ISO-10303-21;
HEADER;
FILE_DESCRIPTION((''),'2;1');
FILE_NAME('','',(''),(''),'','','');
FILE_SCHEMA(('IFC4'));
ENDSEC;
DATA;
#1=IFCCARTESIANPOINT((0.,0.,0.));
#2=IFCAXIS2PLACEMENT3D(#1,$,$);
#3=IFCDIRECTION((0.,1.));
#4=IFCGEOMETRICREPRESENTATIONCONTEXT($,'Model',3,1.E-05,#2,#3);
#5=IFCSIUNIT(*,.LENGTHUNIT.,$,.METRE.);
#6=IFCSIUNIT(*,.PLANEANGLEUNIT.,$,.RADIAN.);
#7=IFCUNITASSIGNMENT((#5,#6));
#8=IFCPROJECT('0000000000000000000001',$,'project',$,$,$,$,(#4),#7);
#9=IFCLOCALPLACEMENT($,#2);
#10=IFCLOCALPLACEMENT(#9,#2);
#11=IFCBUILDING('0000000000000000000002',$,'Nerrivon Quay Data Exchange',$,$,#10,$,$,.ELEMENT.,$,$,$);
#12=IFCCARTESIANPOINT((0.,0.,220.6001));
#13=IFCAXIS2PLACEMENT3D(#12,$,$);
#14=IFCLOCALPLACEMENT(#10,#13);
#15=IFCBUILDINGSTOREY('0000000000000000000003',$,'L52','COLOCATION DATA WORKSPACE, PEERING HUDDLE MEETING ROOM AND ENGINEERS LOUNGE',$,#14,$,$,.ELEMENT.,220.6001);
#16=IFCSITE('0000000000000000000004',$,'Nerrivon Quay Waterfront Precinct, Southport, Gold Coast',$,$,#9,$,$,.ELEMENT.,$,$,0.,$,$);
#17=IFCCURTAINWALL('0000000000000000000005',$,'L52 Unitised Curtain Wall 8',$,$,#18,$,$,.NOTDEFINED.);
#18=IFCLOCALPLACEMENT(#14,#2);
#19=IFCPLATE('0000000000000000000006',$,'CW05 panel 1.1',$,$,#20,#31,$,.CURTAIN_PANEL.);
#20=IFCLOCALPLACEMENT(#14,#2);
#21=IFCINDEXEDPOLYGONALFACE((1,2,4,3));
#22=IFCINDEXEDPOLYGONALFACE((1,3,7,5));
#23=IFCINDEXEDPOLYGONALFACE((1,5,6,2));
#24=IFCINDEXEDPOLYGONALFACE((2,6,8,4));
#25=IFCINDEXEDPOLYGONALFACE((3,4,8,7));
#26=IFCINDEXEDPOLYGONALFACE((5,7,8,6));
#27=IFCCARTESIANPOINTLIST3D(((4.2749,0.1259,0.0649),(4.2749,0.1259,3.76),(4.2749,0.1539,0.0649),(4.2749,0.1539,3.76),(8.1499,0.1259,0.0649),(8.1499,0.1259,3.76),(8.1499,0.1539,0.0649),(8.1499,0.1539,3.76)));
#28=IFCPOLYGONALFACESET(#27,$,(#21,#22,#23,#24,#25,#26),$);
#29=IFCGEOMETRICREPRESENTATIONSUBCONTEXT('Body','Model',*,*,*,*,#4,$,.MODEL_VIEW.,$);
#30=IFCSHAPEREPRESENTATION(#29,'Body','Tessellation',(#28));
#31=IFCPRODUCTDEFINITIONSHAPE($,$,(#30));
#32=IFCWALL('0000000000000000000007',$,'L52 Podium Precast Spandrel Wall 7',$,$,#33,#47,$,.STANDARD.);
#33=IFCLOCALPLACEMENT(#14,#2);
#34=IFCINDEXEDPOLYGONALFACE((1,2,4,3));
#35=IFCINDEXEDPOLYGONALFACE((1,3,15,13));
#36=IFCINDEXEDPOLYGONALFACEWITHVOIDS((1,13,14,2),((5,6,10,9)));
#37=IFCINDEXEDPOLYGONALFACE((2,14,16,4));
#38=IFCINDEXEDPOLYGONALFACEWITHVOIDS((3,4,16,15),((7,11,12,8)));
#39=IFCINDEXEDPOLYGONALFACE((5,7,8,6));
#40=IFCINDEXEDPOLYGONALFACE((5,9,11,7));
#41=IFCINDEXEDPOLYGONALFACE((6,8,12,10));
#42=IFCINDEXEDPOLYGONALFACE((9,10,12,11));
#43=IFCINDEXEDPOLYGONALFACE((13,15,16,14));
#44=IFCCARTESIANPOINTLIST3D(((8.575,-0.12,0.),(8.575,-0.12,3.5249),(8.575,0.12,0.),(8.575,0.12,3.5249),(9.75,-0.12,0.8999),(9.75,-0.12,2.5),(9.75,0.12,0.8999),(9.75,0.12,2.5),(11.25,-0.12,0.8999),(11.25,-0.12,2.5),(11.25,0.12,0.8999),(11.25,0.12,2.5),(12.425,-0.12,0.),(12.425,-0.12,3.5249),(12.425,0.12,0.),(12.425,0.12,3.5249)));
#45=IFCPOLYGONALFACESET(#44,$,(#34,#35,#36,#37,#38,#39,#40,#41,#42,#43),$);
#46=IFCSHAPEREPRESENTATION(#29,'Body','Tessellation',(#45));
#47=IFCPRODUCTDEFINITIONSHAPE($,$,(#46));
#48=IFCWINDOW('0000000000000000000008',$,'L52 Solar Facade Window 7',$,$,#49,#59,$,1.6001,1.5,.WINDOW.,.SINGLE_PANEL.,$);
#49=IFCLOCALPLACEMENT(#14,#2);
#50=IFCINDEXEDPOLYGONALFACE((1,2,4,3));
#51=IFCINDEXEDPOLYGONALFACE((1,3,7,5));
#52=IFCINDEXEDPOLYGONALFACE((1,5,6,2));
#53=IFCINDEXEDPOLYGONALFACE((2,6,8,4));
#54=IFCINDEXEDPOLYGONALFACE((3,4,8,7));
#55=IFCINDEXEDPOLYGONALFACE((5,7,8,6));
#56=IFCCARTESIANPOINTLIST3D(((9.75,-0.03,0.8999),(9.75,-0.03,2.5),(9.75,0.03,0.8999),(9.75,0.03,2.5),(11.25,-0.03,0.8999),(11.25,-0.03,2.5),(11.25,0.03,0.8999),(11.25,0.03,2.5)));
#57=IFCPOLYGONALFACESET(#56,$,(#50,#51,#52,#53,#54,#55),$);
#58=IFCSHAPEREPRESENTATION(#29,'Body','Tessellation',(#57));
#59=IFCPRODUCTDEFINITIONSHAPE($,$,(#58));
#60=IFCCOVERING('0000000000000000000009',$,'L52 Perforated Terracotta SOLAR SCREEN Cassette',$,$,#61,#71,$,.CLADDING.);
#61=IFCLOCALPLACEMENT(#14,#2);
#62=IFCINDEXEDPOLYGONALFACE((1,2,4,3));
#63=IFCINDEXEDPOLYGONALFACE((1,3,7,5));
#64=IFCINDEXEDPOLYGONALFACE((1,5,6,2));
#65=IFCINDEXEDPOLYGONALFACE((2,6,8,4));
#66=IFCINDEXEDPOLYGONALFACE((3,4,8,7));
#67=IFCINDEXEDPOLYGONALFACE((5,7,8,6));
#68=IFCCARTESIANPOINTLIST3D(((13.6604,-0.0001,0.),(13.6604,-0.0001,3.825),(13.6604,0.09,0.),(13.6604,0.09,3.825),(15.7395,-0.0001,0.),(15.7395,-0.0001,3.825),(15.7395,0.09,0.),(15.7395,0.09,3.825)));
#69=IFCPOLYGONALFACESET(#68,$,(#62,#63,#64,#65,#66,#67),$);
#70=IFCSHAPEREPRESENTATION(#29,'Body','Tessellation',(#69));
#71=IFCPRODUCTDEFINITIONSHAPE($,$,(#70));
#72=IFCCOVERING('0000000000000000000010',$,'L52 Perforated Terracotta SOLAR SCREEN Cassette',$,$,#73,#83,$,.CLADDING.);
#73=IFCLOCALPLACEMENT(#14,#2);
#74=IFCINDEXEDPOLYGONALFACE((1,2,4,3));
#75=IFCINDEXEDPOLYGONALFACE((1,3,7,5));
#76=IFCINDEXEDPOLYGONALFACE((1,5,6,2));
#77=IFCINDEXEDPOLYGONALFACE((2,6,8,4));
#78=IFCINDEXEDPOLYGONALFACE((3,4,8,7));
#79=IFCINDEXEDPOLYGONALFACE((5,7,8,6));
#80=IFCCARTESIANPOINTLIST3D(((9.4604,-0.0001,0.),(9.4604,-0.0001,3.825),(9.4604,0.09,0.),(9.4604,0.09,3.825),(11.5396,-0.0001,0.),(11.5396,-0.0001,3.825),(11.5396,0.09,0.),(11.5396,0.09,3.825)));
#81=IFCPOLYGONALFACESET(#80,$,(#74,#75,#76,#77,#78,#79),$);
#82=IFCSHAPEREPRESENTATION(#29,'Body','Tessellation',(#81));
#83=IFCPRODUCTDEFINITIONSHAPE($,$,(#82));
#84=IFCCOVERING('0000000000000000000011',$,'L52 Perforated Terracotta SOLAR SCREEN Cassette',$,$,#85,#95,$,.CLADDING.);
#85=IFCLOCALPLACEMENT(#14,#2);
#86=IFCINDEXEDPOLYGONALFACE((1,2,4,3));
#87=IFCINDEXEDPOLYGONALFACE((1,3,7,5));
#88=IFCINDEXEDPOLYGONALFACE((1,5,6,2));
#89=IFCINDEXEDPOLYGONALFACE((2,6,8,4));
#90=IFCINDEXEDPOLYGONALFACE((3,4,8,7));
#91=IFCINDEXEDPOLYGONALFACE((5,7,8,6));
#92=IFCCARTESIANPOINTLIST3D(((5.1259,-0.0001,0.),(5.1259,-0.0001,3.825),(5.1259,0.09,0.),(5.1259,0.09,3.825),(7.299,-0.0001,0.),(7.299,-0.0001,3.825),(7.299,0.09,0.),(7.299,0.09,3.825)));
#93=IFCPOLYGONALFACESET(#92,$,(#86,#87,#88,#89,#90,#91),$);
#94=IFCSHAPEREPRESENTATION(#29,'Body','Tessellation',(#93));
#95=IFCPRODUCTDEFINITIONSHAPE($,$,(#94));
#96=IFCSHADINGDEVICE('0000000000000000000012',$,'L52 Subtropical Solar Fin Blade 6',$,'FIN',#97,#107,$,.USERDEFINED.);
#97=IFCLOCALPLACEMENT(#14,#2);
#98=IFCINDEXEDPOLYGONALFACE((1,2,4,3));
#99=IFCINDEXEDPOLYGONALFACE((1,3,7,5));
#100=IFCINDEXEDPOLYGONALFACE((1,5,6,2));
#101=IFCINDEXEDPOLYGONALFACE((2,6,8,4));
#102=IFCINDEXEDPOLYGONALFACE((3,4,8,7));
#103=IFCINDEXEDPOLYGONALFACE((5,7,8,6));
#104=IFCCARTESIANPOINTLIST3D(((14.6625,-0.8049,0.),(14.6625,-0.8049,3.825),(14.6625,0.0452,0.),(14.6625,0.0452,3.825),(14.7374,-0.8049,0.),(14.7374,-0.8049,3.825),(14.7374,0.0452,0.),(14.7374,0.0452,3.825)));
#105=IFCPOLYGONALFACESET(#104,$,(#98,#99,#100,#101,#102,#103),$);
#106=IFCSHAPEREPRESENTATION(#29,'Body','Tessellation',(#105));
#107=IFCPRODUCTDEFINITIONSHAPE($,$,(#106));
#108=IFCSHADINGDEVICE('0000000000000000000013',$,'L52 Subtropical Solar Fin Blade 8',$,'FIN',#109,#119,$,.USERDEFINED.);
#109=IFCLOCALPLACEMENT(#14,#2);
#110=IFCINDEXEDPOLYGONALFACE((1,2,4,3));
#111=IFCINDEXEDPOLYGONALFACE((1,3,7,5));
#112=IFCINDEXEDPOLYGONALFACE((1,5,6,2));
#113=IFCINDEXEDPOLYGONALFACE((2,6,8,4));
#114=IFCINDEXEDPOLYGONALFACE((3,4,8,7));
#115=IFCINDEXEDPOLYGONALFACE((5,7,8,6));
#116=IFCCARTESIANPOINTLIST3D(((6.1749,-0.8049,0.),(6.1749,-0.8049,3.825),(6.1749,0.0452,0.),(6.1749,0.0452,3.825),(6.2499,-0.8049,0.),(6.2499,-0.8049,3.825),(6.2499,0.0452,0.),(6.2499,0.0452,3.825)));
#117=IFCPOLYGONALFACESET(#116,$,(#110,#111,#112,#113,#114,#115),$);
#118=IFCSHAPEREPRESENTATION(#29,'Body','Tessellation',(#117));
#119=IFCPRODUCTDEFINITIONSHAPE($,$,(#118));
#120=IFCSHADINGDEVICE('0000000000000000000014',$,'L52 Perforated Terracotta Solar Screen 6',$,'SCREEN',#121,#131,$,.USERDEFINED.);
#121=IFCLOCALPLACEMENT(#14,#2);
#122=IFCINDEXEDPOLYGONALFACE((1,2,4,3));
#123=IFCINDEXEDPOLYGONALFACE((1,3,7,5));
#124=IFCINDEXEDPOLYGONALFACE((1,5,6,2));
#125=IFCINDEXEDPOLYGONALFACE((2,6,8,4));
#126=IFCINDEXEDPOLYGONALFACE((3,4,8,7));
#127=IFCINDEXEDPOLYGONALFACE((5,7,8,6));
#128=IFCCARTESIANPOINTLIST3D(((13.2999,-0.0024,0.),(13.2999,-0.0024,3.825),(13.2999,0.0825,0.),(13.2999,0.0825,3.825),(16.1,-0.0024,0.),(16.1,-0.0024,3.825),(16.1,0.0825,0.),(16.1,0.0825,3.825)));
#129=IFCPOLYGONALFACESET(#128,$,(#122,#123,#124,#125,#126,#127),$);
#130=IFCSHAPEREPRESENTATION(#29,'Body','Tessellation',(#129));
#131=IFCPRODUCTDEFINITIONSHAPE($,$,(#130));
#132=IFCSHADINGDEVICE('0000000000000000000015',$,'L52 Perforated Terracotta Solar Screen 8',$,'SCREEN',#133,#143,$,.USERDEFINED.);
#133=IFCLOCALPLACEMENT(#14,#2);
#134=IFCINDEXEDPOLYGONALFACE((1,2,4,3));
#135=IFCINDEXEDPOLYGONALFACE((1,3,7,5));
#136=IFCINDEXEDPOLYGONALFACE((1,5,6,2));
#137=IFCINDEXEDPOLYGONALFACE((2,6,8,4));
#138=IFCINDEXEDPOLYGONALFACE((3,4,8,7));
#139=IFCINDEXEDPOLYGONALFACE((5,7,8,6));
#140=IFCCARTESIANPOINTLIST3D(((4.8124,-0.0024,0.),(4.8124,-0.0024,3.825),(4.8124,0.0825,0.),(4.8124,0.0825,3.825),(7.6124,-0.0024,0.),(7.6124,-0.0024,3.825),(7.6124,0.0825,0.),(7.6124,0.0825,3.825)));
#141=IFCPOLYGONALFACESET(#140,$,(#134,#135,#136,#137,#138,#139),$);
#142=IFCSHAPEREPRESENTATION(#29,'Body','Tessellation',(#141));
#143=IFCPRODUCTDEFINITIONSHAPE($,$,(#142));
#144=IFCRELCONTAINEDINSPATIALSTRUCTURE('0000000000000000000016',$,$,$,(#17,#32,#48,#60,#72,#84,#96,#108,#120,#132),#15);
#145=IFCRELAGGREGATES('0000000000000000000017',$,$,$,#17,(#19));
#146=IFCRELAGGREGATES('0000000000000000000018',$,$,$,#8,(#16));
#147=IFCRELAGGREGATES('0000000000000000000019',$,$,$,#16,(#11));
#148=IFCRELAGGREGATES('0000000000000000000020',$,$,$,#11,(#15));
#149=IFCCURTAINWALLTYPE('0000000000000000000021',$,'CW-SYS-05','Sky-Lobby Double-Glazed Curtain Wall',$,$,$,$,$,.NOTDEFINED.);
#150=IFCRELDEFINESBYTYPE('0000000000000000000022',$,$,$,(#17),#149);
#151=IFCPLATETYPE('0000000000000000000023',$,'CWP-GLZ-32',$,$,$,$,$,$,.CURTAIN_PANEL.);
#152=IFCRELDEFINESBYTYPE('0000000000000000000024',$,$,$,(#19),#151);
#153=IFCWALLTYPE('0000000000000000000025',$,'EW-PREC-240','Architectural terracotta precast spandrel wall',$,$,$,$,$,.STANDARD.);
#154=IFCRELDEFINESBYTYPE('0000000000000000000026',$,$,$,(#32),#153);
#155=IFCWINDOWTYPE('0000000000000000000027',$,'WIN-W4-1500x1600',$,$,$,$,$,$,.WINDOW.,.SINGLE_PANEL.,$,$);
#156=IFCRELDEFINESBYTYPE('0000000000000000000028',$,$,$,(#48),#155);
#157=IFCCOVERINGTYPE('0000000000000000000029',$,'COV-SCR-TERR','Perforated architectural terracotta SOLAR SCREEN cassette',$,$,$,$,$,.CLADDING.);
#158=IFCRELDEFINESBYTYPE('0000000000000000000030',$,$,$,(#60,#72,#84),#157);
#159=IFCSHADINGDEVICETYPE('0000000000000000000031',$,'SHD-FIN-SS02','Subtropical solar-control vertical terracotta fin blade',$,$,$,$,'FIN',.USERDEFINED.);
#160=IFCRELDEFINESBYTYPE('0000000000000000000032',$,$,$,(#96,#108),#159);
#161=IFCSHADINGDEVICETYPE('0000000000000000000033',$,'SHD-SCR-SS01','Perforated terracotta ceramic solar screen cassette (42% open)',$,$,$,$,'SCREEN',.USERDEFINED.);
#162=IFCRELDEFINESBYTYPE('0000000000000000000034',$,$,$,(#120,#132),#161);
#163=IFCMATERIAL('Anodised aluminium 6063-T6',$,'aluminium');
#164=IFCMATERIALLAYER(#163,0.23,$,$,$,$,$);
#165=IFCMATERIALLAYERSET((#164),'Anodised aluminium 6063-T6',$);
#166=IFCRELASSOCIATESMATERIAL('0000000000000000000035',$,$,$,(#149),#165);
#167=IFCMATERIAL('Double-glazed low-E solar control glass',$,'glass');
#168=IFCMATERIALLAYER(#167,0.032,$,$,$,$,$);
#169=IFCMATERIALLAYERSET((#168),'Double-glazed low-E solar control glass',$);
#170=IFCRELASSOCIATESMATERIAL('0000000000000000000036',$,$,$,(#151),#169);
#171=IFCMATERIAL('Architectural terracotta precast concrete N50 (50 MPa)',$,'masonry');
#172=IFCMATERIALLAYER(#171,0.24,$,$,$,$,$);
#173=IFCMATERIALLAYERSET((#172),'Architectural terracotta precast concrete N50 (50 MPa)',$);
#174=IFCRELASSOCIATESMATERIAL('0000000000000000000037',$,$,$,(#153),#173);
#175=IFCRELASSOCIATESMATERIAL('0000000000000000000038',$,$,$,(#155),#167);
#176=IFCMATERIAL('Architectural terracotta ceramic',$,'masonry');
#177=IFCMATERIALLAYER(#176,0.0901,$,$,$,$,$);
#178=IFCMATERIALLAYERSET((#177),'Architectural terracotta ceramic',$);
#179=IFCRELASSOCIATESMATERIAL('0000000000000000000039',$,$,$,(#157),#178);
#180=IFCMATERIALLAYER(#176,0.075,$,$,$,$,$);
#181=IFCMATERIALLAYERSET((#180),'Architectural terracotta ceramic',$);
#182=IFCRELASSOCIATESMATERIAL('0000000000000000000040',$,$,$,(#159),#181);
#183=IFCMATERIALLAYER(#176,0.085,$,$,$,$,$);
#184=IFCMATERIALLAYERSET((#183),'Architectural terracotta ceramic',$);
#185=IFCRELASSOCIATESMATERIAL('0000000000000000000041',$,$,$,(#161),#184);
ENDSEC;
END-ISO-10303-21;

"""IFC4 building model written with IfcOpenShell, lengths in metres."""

from ifc_helpers import new_model, si_unit, direction, frame, frame_2d, origin, origin_2d, place, context, subcontext, project, spatial, rectangle, extrude, material, layer, layer_set, type_object, element, fill, aggregate, save


model = new_model("IFC4")

# Units and contexts
model_context = context("Model", 3, precision=1e-05, world=origin(), true_north=direction((0.0, 1.0)))
body_context = subcontext(model_context, "Body", "Model", "MODEL_VIEW")
ifc_project = project(units=[si_unit("LENGTHUNIT", "METRE"), si_unit("PLANEANGLEUNIT", "RADIAN")], contexts=[model_context])

# Site, building, storey
site_placement = place(None, origin())
site = spatial("IfcSite", under=ifc_project, at=site_placement, Name="Nerrivon Quay Waterfront Precinct, Southport, Gold Coast", CompositionType="ELEMENT", RefElevation=0.0)
building_placement = place(site_placement, origin())
building = spatial("IfcBuilding", under=site, at=building_placement, Name="Nerrivon Quay Data Exchange", CompositionType="ELEMENT")
storey_placement = place(building_placement, frame((0.0, 0.0, 220.6001)))
storey = spatial("IfcBuildingStorey", under=building, at=storey_placement, Name="L52", Description="COLOCATION DATA WORKSPACE, PEERING HUDDLE MEETING ROOM AND ENGINEERS LOUNGE", CompositionType="ELEMENT", Elevation=220.6001)

# Shared definitions
ifc_material_1 = material(Name="Anodised aluminium 6063-T6", Category="aluminium")
ifc_layer_1 = layer(ifc_material_1, 0.23)
ifc_layer_set_1 = layer_set([ifc_layer_1], Name="Anodised aluminium 6063-T6")
curtain_wall_type = type_object("IfcCurtainWallType", Name="CW-SYS-05", Description="Sky-Lobby Double-Glazed Curtain Wall", PredefinedType="NOTDEFINED", material=ifc_layer_set_1)

# Curtain wall
curtain_wall_1_placement = place(storey_placement, origin())
curtain_wall_1 = element("IfcCurtainWall", 1, at=curtain_wall_1_placement, inside=storey, type_object=curtain_wall_type, Name="L52 Unitised Curtain Wall 8", PredefinedType="NOTDEFINED")

# Plate
ifc_material_2 = material(Name="Double-glazed low-E solar control glass", Category="glass")
ifc_layer_2 = layer(ifc_material_2, 0.032)
ifc_layer_set_2 = layer_set([ifc_layer_2], Name="Double-glazed low-E solar control glass")
plate_type = type_object("IfcPlateType", Name="CWP-GLZ-32", PredefinedType="CURTAIN_PANEL", material=ifc_layer_set_2)
plate_1_placement = place(storey_placement, frame((6.2124, 0.1399, 0.0649), z_axis=(0.0, 0.0, 1.0), x_axis=(-1.0, 0.0, 0.0)))
plate_1 = element("IfcPlate", 2, at=plate_1_placement, type_object=plate_type, Name="CW05 panel 1.1", PredefinedType="CURTAIN_PANEL", context=body_context, shape_type="SweptSolid", body=[
    extrude(rectangle(XDim=3.875, YDim=0.0281, at=origin_2d()), origin(), (0.0, 0.0, 1.0), 3.6951),
])
aggregate(curtain_wall_1, [plate_1])

# Wall, opening, window
ifc_material_3 = material(Name="Architectural terracotta precast concrete N50 (50 MPa)", Category="masonry")
ifc_layer_3 = layer(ifc_material_3, 0.24)
ifc_layer_set_3 = layer_set([ifc_layer_3], Name="Architectural terracotta precast concrete N50 (50 MPa)")
wall_type = type_object("IfcWallType", Name="EW-PREC-240", Description="Architectural terracotta precast spandrel wall", PredefinedType="STANDARD", material=ifc_layer_set_3)
wall_placement = place(storey_placement, frame((12.425, 0.0, 0.0), z_axis=(0.0, 0.0, 1.0), x_axis=(-1.0, 0.0, 0.0)))
wall = element("IfcWall", 3, at=wall_placement, inside=storey, type_object=wall_type, Name="L52 Podium Precast Spandrel Wall 7", PredefinedType="STANDARD", context=body_context, shape_type="SweptSolid", body=[
    extrude(rectangle(XDim=3.8501, YDim=0.24, at=frame_2d((1.925, 0.0))), origin(), (0.0, 0.0, 1.0), 3.5249),
])
opening_placement = place(wall_placement, frame((1.175, 0.0, 0.8999)))
opening = element("IfcOpeningElement", 4, at=opening_placement, cuts=wall, PredefinedType="OPENING", context=body_context, shape_type="SweptSolid", body=[
    extrude(rectangle(XDim=1.5, YDim=1.6001, at=frame_2d((0.75, 0.8))), frame((0.0, 0.1299, 0.0), z_axis=(0.0, -1.0, 0.0), x_axis=(1.0, 0.0, 0.0)), (0.0, 0.0, 1.0), 0.26),
])
window_type = type_object("IfcWindowType", Name="WIN-W4-1500x1600", PartitioningType="SINGLE_PANEL", PredefinedType="WINDOW", material=ifc_material_2)
window_placement = place(opening_placement, origin())
window = element("IfcWindow", 5, at=window_placement, inside=storey, type_object=window_type, Name="L52 Solar Facade Window 7", OverallHeight=1.6001, OverallWidth=1.5, PartitioningType="SINGLE_PANEL", PredefinedType="WINDOW", context=body_context, shape_type="SweptSolid", body=[
    extrude(rectangle(XDim=1.5, YDim=1.6001, at=frame_2d((0.75, 0.8))), frame((0.0, 0.03, 0.0), z_axis=(0.0, -1.0, 0.0), x_axis=(1.0, 0.0, 0.0)), (0.0, 0.0, 1.0), 0.0601),
])
fill(opening, window)

# Coverings
ifc_material_4 = material(Name="Architectural terracotta ceramic", Category="masonry")
ifc_layer_4 = layer(ifc_material_4, 0.0901)
ifc_layer_set_4 = layer_set([ifc_layer_4], Name="Architectural terracotta ceramic")
covering_type = type_object("IfcCoveringType", Name="COV-SCR-TERR", Description="Perforated architectural terracotta SOLAR SCREEN cassette", PredefinedType="CLADDING", material=ifc_layer_set_4)
for number, where, z_axis, x_axis, name in (
    (6, (14.7, 0.0449, 0.0), (0.0, 0.0, 1.0), (-1.0, 0.0, 0.0), "L52 Perforated Terracotta SOLAR SCREEN Cassette"),
    (7, (10.5, 0.0449, 0.0), (0.0, 0.0, 1.0), (-1.0, 0.0, 0.0), "L52 Perforated Terracotta SOLAR SCREEN Cassette"),
):
    element("IfcCovering", number, at=place(storey_placement, frame(where, z_axis=z_axis, x_axis=x_axis)), inside=storey, type_object=covering_type, Name=name, PredefinedType="CLADDING", context=body_context, shape_type="SweptSolid", body=[
        extrude(rectangle(XDim=2.0791, YDim=0.0901, at=origin_2d()), origin(), (0.0, 0.0, 1.0), 3.825),
    ])
covering_placement = place(storey_placement, frame((6.2124, 0.0449, 0.0), z_axis=(0.0, 0.0, 1.0), x_axis=(-1.0, 0.0, 0.0)))
element("IfcCovering", 8, at=covering_placement, inside=storey, type_object=covering_type, Name="L52 Perforated Terracotta SOLAR SCREEN Cassette", PredefinedType="CLADDING", context=body_context, shape_type="SweptSolid", body=[
    extrude(rectangle(XDim=2.1731, YDim=0.0901, at=origin_2d()), origin(), (0.0, 0.0, 1.0), 3.825),
])

# Shading devices
ifc_layer_5 = layer(ifc_material_4, 0.075)
ifc_layer_set_5 = layer_set([ifc_layer_5], Name="Architectural terracotta ceramic")
shading_device_type_1 = type_object("IfcShadingDeviceType", Name="SHD-FIN-SS02", Description="Subtropical solar-control vertical terracotta fin blade", ElementType="FIN", PredefinedType="USERDEFINED", material=ifc_layer_set_5)
for number, where, z_axis, x_axis, name in (
    (9, (14.7, -0.3799, 0.0), (0.0, 0.0, 1.0), (-1.0, 0.0, 0.0), "L52 Subtropical Solar Fin Blade 6"),
    (10, (6.2124, -0.3799, 0.0), (0.0, 0.0, 1.0), (-1.0, 0.0, 0.0), "L52 Subtropical Solar Fin Blade 8"),
):
    element("IfcShadingDevice", number, at=place(storey_placement, frame(where, z_axis=z_axis, x_axis=x_axis)), inside=storey, type_object=shading_device_type_1, Name=name, ObjectType="FIN", PredefinedType="USERDEFINED", context=body_context, shape_type="SweptSolid", body=[
        extrude(rectangle(XDim=0.075, YDim=0.8501, at=origin_2d()), origin(), (0.0, 0.0, 1.0), 3.825),
    ])
ifc_layer_6 = layer(ifc_material_4, 0.085)
ifc_layer_set_6 = layer_set([ifc_layer_6], Name="Architectural terracotta ceramic")
shading_device_type_2 = type_object("IfcShadingDeviceType", Name="SHD-SCR-SS01", Description="Perforated terracotta ceramic solar screen cassette (42% open)", ElementType="SCREEN", PredefinedType="USERDEFINED", material=ifc_layer_set_6)
for number, where, z_axis, x_axis, name in (
    (11, (14.7, 0.04, 0.0), (0.0, 0.0, 1.0), (-1.0, 0.0, 0.0), "L52 Perforated Terracotta Solar Screen 6"),
    (12, (6.2124, 0.04, 0.0), (0.0, 0.0, 1.0), (-1.0, 0.0, 0.0), "L52 Perforated Terracotta Solar Screen 8"),
):
    element("IfcShadingDevice", number, at=place(storey_placement, frame(where, z_axis=z_axis, x_axis=x_axis)), inside=storey, type_object=shading_device_type_2, Name=name, ObjectType="SCREEN", PredefinedType="USERDEFINED", context=body_context, shape_type="SweptSolid", body=[
        extrude(rectangle(XDim=2.8, YDim=0.085, at=origin_2d()), origin(), (0.0, 0.0, 1.0), 3.825),
    ])

save(model, "model.ifc")
